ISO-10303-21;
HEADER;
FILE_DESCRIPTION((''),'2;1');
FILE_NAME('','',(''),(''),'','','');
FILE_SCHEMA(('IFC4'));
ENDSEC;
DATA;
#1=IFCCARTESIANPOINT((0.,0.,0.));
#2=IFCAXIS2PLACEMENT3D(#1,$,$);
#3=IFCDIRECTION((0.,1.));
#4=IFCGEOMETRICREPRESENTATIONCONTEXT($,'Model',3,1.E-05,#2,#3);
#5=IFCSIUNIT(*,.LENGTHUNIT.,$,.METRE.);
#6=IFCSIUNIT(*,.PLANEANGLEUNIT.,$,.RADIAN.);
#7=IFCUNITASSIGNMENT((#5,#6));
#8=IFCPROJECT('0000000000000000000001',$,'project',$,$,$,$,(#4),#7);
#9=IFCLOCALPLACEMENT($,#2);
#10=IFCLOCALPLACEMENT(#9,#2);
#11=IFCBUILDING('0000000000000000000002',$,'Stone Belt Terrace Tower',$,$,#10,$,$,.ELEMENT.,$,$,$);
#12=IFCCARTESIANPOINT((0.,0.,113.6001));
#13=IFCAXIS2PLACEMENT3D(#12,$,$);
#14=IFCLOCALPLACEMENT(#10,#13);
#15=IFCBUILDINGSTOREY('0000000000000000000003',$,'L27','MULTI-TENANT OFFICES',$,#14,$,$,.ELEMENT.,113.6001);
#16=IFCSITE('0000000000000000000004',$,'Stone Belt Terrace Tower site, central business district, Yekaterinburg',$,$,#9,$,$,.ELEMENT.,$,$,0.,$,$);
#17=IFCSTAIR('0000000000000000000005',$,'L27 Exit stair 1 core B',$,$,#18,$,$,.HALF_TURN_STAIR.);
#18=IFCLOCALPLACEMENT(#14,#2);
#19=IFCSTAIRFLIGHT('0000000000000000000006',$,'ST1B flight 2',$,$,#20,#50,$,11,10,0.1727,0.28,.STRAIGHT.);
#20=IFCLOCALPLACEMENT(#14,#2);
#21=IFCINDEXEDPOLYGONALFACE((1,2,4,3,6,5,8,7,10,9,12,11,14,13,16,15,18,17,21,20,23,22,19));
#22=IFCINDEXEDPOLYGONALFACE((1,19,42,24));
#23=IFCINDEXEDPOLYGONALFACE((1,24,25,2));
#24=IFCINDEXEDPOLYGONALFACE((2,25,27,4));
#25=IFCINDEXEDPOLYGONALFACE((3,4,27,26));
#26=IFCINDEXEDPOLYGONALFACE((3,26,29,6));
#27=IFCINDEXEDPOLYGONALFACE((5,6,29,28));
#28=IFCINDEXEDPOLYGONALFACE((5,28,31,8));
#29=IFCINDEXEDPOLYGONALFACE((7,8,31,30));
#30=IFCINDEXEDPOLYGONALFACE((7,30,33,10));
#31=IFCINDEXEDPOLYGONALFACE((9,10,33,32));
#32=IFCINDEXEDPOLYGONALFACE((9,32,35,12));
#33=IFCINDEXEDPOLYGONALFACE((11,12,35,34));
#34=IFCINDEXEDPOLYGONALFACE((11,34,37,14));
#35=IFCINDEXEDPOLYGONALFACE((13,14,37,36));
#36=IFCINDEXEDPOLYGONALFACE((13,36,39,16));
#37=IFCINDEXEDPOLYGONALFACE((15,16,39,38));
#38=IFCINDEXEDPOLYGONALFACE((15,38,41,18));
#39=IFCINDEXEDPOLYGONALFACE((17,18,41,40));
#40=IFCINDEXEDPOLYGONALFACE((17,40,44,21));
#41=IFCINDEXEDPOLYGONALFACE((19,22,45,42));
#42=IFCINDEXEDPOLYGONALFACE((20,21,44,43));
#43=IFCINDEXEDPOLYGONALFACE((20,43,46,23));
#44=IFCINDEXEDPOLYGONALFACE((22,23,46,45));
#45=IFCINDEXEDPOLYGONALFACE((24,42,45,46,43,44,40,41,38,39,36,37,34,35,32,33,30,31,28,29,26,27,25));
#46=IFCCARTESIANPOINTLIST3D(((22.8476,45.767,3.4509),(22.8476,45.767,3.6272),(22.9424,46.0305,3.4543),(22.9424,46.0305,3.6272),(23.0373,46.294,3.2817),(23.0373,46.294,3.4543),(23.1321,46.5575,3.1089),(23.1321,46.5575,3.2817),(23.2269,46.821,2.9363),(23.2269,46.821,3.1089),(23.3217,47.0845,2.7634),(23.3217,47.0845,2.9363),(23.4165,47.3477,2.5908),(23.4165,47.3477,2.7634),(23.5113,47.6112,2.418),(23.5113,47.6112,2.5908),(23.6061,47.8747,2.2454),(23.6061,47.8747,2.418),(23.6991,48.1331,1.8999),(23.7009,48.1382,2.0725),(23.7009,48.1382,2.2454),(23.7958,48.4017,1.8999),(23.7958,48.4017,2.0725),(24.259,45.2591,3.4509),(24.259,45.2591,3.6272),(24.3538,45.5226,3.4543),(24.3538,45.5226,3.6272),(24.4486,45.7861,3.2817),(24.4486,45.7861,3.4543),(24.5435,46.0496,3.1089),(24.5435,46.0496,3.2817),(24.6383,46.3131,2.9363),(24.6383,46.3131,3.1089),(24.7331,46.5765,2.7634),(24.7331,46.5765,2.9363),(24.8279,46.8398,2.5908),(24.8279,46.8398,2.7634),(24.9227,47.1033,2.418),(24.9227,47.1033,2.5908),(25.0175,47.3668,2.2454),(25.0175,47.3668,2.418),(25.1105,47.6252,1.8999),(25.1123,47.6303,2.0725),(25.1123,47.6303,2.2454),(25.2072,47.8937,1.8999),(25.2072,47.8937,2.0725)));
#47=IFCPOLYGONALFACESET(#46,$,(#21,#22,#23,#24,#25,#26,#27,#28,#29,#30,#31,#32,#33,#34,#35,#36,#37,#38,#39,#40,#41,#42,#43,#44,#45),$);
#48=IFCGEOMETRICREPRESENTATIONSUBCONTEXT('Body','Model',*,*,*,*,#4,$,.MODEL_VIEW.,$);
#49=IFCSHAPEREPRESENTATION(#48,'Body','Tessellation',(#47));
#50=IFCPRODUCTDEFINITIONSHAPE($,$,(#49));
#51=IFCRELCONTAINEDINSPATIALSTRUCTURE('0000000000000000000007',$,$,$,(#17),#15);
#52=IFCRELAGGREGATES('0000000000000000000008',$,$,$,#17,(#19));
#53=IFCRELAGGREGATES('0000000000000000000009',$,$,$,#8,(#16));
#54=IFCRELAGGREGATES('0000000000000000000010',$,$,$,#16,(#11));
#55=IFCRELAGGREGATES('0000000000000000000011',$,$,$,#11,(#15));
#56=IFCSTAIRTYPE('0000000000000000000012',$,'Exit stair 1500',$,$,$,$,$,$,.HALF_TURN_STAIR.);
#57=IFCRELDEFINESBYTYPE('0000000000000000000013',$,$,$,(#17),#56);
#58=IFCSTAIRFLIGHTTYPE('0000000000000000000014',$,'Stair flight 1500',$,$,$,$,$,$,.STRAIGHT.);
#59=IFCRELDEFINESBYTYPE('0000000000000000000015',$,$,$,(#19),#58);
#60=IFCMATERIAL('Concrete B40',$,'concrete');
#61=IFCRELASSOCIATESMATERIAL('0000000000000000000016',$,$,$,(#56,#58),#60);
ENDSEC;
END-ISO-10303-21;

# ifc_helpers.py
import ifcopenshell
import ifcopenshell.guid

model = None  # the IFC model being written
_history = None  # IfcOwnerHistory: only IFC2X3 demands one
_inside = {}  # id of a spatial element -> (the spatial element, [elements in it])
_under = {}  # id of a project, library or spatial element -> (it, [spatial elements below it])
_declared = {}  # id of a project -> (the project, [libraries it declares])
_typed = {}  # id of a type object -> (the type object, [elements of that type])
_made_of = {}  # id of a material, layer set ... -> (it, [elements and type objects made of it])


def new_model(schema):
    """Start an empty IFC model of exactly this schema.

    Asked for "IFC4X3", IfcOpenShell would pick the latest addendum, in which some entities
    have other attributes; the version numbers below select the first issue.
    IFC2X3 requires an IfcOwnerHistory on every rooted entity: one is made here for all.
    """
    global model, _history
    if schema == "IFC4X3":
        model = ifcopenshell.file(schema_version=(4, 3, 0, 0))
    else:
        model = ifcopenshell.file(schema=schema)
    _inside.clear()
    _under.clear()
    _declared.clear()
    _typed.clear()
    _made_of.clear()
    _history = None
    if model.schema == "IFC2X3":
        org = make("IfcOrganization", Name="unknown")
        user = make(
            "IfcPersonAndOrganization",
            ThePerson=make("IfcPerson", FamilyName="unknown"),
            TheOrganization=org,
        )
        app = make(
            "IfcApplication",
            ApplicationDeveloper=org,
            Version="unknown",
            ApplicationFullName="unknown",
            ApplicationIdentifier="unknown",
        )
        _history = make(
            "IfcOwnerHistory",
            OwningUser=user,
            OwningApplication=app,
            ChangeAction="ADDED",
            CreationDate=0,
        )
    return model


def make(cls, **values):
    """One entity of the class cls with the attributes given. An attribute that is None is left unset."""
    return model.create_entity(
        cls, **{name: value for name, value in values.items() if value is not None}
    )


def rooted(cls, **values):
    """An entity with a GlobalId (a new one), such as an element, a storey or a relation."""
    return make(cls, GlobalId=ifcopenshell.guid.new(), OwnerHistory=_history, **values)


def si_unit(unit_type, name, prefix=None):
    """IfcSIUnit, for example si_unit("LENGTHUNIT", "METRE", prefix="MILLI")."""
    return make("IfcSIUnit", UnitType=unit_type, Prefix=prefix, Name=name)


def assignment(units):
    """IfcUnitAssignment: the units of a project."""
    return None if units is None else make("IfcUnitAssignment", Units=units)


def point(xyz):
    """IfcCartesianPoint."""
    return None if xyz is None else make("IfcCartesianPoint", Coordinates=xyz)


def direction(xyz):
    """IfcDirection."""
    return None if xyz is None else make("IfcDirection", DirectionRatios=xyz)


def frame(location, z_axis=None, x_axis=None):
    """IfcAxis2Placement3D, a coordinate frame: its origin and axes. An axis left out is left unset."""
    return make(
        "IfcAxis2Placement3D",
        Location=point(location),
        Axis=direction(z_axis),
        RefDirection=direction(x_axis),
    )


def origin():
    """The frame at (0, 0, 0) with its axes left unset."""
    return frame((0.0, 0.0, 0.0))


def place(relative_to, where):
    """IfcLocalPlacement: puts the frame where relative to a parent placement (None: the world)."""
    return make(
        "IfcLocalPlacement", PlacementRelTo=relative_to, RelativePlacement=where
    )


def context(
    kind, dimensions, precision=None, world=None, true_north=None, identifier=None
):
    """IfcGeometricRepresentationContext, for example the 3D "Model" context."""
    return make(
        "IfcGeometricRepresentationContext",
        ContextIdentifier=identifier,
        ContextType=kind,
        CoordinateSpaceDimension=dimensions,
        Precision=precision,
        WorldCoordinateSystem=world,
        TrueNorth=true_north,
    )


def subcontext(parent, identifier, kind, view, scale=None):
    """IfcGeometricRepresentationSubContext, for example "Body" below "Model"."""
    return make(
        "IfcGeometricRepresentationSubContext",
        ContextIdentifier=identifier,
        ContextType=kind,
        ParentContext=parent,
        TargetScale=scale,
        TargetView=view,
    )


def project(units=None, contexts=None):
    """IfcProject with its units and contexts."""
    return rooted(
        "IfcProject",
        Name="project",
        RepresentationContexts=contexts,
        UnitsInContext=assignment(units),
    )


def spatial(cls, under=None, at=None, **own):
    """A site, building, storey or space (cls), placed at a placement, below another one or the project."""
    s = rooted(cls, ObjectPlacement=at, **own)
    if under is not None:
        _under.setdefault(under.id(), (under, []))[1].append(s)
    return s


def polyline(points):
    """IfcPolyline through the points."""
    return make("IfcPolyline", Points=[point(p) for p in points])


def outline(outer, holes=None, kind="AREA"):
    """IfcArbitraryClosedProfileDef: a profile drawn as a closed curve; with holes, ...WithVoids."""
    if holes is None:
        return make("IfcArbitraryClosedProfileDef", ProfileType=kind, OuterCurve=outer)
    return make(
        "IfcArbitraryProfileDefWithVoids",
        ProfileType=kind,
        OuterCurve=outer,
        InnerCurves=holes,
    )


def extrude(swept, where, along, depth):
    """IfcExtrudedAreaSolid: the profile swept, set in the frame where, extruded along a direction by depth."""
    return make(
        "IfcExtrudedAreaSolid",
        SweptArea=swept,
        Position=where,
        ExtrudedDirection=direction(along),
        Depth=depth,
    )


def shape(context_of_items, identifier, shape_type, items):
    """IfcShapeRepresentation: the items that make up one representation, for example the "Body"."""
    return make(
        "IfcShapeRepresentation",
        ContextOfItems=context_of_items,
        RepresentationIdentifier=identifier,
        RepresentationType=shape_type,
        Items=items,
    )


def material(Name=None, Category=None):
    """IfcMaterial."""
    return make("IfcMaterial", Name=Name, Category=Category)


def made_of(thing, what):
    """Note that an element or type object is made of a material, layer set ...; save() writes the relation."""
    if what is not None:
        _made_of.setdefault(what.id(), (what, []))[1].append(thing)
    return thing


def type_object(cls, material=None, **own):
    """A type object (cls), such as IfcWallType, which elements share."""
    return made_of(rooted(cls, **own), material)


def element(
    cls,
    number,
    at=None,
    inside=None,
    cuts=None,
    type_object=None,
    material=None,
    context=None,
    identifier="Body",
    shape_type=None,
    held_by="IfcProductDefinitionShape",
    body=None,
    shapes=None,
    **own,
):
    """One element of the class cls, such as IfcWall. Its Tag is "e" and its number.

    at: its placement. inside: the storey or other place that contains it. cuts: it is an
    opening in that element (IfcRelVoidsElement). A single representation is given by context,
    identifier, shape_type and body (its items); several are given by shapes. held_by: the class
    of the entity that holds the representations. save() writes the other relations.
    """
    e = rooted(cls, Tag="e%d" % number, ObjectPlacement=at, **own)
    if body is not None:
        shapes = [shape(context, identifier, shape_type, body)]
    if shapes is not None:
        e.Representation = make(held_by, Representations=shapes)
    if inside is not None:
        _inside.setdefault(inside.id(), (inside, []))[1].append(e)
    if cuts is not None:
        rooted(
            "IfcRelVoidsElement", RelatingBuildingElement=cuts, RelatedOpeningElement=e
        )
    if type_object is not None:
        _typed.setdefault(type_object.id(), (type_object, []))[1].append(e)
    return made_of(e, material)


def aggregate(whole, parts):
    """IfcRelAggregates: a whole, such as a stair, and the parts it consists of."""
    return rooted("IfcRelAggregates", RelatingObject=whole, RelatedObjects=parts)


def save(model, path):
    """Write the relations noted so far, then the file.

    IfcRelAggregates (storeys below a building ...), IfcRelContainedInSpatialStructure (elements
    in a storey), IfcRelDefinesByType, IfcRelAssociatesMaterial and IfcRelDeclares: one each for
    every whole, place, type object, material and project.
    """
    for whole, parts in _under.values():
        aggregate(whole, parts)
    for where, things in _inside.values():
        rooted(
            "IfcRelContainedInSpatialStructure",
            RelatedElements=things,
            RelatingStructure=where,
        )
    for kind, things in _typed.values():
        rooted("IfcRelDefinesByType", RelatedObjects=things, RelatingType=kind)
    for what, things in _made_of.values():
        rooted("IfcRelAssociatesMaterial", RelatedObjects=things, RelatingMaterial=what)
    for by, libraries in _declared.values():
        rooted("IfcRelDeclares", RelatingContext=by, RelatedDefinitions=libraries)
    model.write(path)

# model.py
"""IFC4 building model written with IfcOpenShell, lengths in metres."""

from ifc_helpers import new_model, si_unit, direction, frame, origin, place, context, subcontext, project, spatial, polyline, outline, extrude, material, type_object, element, aggregate, save


model = new_model("IFC4")

# Units and contexts
model_context = context("Model", 3, precision=1e-05, world=origin(), true_north=direction((0.0, 1.0)))
body_context = subcontext(model_context, "Body", "Model", "MODEL_VIEW")
ifc_project = project(units=[si_unit("LENGTHUNIT", "METRE"), si_unit("PLANEANGLEUNIT", "RADIAN")], contexts=[model_context])

# Site, building, storey
site_placement = place(None, origin())
site = spatial("IfcSite", under=ifc_project, at=site_placement, Name="Stone Belt Terrace Tower site, central business district, Yekaterinburg", CompositionType="ELEMENT", RefElevation=0.0)
building_placement = place(site_placement, origin())
building = spatial("IfcBuilding", under=site, at=building_placement, Name="Stone Belt Terrace Tower", CompositionType="ELEMENT")
storey_placement = place(building_placement, frame((0.0, 0.0, 113.6001)))
storey = spatial("IfcBuildingStorey", under=building, at=storey_placement, Name="L27", Description="MULTI-TENANT OFFICES", CompositionType="ELEMENT", Elevation=113.6001)

# Stair, stair flight
ifc_material_1 = material(Name="Concrete B40", Category="concrete")
stair_type = type_object("IfcStairType", Name="Exit stair 1500", PredefinedType="HALF_TURN_STAIR", material=ifc_material_1)
stair_placement = place(storey_placement, origin())
stair = element("IfcStair", 1, at=stair_placement, inside=storey, type_object=stair_type, Name="L27 Exit stair 1 core B", PredefinedType="HALF_TURN_STAIR")
stair_flight_type = type_object("IfcStairFlightType", Name="Stair flight 1500", PredefinedType="STRAIGHT", material=ifc_material_1)
stair_flight_1_placement = place(storey_placement, frame((24.5015, 48.1477, 1.8999), z_axis=(0.0, 0.0, 1.0), x_axis=(-0.338624, -0.940922, 0.0)))
stair_flight_1 = element("IfcStairFlight", 2, at=stair_flight_1_placement, type_object=stair_flight_type, Name="ST1B flight 2", NumberOfRisers=11, NumberOfTreads=10, PredefinedType="STRAIGHT", RiserHeight=0.1727, TreadLength=0.28, context=body_context, shape_type="SweptSolid", body=[
    extrude(outline(polyline([(0.0, 0.0), (0.0, 0.1726), (0.28, 0.1726), (0.28, 0.3455), (0.5601, 0.3455), (0.5601, 0.5181), (0.8401, 0.5181), (0.8401, 0.6909), (1.1201, 0.6909), (1.1201, 0.8635), (1.3999, 0.8635), (1.3999, 1.0364), (1.6799, 1.0364), (1.6799, 1.209), (1.96, 1.209), (1.96, 1.3818), (2.24, 1.3818), (2.24, 1.5544), (2.52, 1.5544), (2.52, 1.7273), (2.8, 1.7273), (2.8, 1.8999), (2.8, 1.551), (0.2854, 0.0), (0.0, 0.0)])), frame((0.0, 0.75, 0.0), z_axis=(0.0, -1.0, 0.0), x_axis=(1.0, 0.0, 0.0)), (0.0, 0.0, 1.0), 1.5),
])
aggregate(stair, [stair_flight_1])

save(model, "model.ifc")
